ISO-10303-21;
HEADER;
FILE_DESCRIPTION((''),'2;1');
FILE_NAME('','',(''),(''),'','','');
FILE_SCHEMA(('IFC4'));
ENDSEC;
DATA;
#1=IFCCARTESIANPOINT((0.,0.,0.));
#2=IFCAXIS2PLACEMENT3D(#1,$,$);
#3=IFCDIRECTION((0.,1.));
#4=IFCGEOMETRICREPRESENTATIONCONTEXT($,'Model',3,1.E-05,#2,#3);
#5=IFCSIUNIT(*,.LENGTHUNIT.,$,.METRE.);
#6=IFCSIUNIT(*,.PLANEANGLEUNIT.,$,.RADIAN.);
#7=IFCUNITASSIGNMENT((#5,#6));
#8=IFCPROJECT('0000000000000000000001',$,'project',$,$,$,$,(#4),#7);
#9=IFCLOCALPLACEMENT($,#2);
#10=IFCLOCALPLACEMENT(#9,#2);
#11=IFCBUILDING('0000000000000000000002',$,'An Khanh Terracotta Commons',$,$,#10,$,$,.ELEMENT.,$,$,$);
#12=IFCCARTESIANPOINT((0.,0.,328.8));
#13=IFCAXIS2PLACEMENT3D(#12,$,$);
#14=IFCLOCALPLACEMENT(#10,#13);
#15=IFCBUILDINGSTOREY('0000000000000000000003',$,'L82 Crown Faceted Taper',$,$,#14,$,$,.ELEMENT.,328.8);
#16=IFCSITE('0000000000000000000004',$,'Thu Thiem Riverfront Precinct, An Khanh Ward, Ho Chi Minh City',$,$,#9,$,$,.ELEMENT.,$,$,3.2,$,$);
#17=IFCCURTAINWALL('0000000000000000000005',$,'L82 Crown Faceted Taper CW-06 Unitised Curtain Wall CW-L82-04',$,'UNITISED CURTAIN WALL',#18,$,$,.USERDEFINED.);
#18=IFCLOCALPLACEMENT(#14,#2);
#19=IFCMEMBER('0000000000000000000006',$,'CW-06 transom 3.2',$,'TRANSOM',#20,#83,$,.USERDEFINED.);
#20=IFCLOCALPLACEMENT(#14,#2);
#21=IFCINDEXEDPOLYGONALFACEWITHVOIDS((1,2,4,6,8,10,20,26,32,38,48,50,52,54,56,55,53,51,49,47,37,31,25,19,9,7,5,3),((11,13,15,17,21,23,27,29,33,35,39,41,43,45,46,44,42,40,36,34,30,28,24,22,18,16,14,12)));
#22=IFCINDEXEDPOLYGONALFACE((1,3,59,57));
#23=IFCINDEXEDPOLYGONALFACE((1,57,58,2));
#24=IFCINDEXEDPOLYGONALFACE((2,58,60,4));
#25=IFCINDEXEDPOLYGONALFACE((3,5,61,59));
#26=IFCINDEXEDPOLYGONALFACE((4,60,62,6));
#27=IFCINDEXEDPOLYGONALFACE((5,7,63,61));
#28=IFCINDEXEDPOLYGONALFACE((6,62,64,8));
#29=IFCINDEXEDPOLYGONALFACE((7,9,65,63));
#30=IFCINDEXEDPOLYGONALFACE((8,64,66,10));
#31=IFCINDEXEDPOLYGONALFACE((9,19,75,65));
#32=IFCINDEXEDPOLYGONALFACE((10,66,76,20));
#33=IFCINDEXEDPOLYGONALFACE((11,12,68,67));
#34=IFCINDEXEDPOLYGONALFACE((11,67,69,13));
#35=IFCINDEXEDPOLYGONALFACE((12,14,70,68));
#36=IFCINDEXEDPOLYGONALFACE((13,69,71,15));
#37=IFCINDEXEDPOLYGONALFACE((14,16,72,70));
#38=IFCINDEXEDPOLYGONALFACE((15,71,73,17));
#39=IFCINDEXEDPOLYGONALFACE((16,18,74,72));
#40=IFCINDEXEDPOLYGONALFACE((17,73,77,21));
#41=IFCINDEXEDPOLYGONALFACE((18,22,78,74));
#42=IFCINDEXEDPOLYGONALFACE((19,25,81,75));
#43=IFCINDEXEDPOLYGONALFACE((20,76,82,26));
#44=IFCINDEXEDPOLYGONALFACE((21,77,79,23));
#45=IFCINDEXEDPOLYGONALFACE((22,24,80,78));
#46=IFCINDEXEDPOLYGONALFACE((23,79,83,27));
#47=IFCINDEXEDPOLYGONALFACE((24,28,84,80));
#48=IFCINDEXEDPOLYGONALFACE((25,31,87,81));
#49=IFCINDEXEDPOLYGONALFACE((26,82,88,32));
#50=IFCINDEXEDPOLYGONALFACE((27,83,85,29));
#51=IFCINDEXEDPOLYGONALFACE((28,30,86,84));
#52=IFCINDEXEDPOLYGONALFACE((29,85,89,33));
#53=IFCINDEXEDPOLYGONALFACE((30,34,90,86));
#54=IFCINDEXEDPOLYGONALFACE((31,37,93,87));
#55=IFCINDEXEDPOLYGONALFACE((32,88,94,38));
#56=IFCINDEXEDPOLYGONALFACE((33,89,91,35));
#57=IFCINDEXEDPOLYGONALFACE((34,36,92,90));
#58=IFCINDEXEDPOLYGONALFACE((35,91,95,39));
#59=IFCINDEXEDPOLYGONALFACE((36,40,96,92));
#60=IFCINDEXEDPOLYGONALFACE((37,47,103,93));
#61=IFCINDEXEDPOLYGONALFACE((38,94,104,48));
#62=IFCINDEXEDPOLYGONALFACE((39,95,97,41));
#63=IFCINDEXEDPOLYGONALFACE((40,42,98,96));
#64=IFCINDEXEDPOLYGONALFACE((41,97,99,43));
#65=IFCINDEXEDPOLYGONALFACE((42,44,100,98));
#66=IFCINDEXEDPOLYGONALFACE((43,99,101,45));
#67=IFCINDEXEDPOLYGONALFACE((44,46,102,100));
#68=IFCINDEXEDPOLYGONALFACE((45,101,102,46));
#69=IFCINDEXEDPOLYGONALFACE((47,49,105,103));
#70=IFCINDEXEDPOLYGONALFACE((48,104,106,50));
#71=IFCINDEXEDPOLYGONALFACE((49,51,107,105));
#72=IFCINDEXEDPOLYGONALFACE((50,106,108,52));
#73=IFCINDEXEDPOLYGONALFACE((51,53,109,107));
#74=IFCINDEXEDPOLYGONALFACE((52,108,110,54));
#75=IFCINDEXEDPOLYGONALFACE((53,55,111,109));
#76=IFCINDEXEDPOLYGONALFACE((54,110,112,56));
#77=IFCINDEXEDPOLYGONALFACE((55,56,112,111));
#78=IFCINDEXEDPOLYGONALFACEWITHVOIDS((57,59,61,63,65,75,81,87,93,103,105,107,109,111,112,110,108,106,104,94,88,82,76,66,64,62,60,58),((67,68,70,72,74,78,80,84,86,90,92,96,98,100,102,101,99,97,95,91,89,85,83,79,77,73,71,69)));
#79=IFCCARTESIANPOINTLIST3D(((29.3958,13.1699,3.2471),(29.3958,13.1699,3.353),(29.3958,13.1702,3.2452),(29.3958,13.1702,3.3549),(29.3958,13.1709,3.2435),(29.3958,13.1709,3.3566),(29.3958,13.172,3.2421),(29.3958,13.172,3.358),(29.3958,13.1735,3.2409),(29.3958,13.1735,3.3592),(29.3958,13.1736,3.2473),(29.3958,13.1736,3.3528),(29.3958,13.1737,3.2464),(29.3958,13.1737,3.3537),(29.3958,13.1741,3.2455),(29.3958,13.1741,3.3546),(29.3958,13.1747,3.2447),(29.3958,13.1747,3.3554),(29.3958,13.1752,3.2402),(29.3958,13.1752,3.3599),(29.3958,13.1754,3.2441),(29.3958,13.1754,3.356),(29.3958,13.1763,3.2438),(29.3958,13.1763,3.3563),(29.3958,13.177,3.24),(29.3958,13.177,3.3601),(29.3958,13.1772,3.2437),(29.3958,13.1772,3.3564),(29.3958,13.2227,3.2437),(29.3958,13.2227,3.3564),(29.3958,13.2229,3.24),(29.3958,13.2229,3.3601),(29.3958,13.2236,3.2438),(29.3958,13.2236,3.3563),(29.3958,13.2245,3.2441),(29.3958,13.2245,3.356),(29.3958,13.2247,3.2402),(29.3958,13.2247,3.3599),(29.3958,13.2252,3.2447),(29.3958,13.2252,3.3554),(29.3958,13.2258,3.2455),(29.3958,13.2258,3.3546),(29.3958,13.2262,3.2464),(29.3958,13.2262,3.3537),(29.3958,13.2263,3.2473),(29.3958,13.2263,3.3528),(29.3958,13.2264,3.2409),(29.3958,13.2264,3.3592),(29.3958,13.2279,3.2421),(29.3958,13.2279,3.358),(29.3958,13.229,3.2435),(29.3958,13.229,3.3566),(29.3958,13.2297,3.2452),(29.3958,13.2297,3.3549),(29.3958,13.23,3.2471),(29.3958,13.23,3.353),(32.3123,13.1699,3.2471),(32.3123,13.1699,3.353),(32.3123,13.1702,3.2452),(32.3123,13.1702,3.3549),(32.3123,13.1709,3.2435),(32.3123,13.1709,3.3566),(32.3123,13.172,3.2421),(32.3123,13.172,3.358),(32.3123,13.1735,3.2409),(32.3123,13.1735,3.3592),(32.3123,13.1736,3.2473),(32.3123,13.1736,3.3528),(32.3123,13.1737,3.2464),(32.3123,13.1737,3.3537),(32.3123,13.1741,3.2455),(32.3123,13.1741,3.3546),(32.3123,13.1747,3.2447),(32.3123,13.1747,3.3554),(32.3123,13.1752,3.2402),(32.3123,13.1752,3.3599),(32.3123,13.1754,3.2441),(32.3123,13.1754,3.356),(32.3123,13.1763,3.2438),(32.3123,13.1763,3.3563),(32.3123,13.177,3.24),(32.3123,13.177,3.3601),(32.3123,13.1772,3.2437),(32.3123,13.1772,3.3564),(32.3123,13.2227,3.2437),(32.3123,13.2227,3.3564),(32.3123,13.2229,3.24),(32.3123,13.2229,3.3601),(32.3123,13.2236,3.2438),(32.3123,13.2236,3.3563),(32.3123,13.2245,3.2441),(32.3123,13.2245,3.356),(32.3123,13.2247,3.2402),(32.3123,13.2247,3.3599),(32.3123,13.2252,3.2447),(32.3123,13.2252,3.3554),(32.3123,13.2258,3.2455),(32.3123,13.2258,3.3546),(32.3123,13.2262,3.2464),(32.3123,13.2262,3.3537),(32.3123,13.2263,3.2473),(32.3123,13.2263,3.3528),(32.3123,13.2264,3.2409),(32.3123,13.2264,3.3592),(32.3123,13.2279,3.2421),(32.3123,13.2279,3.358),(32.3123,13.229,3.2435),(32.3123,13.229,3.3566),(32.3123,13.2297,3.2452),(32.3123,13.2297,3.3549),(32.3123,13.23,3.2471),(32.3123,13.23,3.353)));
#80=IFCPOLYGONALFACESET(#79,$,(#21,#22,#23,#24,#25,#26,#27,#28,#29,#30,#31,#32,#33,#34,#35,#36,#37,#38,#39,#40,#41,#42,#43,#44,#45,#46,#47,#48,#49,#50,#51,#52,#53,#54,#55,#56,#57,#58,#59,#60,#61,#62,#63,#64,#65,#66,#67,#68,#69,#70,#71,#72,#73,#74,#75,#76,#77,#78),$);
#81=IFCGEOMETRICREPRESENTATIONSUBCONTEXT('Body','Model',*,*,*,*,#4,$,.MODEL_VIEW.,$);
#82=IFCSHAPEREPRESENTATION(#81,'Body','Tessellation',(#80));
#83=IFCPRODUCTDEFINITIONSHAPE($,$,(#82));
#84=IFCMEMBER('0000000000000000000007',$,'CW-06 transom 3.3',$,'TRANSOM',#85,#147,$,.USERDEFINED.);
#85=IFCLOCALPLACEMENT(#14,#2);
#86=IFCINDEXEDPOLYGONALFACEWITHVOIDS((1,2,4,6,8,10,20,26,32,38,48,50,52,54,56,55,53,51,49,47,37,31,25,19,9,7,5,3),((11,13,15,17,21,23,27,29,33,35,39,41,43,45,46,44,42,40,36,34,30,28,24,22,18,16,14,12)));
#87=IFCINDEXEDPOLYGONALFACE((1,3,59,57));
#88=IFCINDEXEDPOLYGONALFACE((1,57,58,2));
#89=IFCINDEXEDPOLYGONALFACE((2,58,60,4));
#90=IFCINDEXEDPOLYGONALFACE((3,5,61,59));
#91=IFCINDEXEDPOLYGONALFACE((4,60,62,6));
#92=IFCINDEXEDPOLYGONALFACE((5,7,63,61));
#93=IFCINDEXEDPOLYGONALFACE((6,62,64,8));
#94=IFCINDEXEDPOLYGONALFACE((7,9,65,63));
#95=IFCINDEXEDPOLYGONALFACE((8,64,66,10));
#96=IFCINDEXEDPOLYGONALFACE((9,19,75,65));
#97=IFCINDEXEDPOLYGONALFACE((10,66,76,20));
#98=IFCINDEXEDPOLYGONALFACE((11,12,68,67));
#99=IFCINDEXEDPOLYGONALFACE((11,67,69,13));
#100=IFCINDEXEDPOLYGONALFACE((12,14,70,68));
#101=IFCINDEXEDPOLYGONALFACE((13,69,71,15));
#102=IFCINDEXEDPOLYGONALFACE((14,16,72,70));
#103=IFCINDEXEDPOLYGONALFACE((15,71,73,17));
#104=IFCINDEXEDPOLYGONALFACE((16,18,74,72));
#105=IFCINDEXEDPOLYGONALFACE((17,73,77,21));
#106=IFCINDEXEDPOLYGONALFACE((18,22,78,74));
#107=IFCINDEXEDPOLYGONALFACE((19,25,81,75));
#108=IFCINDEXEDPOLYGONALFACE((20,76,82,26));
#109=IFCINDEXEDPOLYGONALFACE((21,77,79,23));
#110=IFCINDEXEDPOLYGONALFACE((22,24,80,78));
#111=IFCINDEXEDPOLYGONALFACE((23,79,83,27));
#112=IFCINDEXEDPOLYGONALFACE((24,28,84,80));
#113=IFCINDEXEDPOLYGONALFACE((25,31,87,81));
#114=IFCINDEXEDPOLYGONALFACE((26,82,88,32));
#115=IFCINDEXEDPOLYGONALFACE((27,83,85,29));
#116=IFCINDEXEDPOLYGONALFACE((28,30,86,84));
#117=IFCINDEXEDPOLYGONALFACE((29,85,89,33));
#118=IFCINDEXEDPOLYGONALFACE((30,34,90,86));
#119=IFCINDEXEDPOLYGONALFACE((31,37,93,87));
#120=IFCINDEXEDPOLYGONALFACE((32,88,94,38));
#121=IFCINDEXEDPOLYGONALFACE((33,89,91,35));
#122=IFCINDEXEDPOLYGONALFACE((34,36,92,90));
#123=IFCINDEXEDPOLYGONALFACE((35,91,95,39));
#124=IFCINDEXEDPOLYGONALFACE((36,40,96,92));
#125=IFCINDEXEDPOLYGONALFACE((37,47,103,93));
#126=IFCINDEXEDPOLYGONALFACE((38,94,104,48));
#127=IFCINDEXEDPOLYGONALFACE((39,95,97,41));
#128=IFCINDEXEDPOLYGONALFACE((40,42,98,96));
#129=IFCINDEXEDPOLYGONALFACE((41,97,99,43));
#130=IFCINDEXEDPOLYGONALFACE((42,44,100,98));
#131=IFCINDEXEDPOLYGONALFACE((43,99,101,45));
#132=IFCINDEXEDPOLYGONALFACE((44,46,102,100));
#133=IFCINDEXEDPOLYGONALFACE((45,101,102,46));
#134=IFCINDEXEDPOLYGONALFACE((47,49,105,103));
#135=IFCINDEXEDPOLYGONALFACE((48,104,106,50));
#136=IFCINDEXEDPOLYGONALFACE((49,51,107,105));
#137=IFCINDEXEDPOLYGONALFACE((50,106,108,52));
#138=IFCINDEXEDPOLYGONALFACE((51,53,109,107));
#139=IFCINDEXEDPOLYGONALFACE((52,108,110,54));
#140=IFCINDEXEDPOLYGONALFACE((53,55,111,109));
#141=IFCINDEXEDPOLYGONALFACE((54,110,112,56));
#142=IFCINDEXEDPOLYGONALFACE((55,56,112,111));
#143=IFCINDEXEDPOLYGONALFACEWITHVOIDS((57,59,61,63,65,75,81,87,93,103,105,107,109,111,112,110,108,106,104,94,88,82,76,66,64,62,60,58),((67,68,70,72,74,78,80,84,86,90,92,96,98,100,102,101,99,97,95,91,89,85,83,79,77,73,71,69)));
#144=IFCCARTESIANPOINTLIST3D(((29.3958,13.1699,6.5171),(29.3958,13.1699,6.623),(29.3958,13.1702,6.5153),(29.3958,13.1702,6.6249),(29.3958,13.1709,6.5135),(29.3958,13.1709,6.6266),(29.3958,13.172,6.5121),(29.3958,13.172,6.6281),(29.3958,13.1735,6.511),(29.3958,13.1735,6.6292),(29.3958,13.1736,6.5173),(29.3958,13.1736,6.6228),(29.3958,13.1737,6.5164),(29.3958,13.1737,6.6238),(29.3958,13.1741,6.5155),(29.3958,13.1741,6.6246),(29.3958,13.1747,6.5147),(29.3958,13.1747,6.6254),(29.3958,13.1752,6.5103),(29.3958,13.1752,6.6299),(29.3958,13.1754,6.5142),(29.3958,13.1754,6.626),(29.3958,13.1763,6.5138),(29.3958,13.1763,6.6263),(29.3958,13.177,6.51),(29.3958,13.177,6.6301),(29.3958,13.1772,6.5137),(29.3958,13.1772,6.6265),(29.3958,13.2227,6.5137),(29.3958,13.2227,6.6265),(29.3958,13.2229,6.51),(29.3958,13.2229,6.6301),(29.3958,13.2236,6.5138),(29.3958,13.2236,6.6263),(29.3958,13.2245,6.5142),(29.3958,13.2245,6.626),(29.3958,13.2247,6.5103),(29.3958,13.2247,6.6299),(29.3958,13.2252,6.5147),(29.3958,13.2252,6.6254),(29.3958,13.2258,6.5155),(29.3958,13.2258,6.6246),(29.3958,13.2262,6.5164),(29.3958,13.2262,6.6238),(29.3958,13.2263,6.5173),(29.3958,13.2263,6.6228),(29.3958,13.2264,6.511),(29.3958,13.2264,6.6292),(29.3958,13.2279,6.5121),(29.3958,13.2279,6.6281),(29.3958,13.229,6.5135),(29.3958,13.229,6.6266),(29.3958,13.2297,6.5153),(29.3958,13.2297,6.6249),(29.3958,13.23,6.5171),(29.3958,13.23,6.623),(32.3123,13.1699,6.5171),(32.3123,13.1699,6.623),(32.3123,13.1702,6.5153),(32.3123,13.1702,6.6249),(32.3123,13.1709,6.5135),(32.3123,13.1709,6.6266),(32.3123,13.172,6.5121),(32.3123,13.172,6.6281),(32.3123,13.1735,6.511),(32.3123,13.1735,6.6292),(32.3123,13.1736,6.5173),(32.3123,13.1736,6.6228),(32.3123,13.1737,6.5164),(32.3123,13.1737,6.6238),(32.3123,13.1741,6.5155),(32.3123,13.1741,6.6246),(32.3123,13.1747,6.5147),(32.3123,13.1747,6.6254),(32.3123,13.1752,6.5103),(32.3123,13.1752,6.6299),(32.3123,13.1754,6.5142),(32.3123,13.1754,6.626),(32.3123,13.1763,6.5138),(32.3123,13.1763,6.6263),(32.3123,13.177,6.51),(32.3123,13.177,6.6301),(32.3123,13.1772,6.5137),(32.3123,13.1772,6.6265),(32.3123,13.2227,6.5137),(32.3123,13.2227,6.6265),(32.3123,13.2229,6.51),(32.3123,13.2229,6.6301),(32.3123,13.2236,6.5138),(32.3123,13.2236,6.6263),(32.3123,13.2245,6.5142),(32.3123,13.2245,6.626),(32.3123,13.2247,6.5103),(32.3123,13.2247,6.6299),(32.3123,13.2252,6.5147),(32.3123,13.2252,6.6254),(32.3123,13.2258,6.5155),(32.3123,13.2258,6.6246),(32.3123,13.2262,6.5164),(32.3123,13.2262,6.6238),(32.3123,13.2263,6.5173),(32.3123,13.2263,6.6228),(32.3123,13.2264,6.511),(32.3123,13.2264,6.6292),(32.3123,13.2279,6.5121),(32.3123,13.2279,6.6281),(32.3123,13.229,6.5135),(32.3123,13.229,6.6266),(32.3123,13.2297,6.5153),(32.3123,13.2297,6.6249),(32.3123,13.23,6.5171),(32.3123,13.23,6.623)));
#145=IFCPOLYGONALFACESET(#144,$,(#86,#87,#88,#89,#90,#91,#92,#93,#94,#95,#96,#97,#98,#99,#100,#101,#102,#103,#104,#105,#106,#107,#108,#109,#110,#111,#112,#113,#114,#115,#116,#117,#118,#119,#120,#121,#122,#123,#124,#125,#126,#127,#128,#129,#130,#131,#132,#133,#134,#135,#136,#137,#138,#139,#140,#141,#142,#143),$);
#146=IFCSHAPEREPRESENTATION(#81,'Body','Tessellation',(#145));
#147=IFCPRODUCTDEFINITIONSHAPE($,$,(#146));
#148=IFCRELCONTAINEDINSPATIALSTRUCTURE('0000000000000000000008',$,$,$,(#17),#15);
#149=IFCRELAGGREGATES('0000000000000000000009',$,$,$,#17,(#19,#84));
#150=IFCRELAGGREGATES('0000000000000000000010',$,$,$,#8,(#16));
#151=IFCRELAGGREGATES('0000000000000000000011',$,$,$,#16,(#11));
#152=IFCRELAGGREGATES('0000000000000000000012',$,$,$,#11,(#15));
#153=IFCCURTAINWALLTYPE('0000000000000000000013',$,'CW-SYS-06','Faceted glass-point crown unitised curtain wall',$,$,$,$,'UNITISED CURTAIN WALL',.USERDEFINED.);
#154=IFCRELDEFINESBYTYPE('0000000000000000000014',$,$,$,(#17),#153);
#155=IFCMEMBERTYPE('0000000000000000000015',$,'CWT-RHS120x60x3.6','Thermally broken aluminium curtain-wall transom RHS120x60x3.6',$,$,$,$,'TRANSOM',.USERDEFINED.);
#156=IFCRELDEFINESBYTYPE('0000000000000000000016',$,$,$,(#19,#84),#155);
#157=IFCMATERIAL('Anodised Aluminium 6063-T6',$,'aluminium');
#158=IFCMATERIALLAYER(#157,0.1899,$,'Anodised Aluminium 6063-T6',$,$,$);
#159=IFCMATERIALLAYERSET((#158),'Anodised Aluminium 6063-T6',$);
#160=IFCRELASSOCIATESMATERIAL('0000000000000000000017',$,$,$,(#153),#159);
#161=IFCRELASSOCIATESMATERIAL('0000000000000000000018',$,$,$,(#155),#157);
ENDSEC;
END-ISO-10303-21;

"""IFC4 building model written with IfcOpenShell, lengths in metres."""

from ifc_helpers import new_model, si_unit, direction, frame, origin, origin_2d, place, context, subcontext, project, spatial, hollow_rectangle, extrude, material, layer, layer_set, material_profile, profile_set, type_object, element, aggregate, save


model = new_model("IFC4")

# Units and contexts
model_context = context("Model", 3, precision=1e-05, world=origin(), true_north=direction((0.0, 1.0)))
body_context = subcontext(model_context, "Body", "Model", "MODEL_VIEW")
ifc_project = project(units=[si_unit("LENGTHUNIT", "METRE"), si_unit("PLANEANGLEUNIT", "RADIAN")], contexts=[model_context])

# Site, building, storey
site_placement = place(None, origin())
site = spatial("IfcSite", under=ifc_project, at=site_placement, Name="Thu Thiem Riverfront Precinct, An Khanh Ward, Ho Chi Minh City", CompositionType="ELEMENT", RefElevation=3.2)
building_placement = place(site_placement, origin())
building = spatial("IfcBuilding", under=site, at=building_placement, Name="An Khanh Terracotta Commons", CompositionType="ELEMENT")
storey_placement = place(building_placement, frame((0.0, 0.0, 328.8)))
storey = spatial("IfcBuildingStorey", under=building, at=storey_placement, Name="L82 Crown Faceted Taper", CompositionType="ELEMENT", Elevation=328.8)

# Curtain wall, members
ifc_material_1 = material(Name="Anodised Aluminium 6063-T6", Category="aluminium")
ifc_layer_1 = layer(ifc_material_1, 0.1899, Name="Anodised Aluminium 6063-T6")
ifc_layer_set_1 = layer_set([ifc_layer_1], Name="Anodised Aluminium 6063-T6")
curtain_wall_type = type_object("IfcCurtainWallType", Name="CW-SYS-06", Description="Faceted glass-point crown unitised curtain wall", ElementType="UNITISED CURTAIN WALL", PredefinedType="USERDEFINED", material=ifc_layer_set_1)
curtain_wall_placement = place(storey_placement, origin())
curtain_wall = element("IfcCurtainWall", 1, at=curtain_wall_placement, inside=storey, type_object=curtain_wall_type, Name="L82 Crown Faceted Taper CW-06 Unitised Curtain Wall CW-L82-04", ObjectType="UNITISED CURTAIN WALL", PredefinedType="USERDEFINED")
ifc_material_profile_1 = material_profile(ifc_material_1, hollow_rectangle(XDim=0.0601, YDim=0.1201, WallThickness=0.0037, InnerFilletRadius=0.0037, OuterFilletRadius=0.0071, at=origin_2d()), Name="RHS120x60x3.6")
ifc_profile_set_1 = profile_set([ifc_material_profile_1], Name="Anodised Aluminium 6063-T6")
member_type_1 = type_object("IfcMemberType", Name="CWT-RHS120x60x3.6", Description="Thermally broken aluminium curtain-wall transom RHS120x60x3.6", ElementType="TRANSOM", PredefinedType="USERDEFINED", material=ifc_profile_set_1)
member_1_placement = place(storey_placement, frame((29.3958, 13.2, 3.3), z_axis=(1.0, 0.0, 0.0), x_axis=(0.0, 1.0, 0.0)))
member_1 = element("IfcMember", 2, at=member_1_placement, type_object=member_type_1, Name="CW-06 transom 3.2", ObjectType="TRANSOM", PredefinedType="USERDEFINED", context=body_context, shape_type="SweptSolid", body=[
    extrude(hollow_rectangle(XDim=0.0601, YDim=0.1201, WallThickness=0.0037, InnerFilletRadius=0.0037, OuterFilletRadius=0.0071, at=origin_2d()), origin(), (0.0, 0.0, 1.0), 2.9165),
])
member_2_placement = place(storey_placement, frame((29.3958, 13.2, 6.5701), z_axis=(1.0, 0.0, 0.0), x_axis=(0.0, 1.0, 0.0)))
member_2 = element("IfcMember", 3, at=member_2_placement, type_object=member_type_1, Name="CW-06 transom 3.3", ObjectType="TRANSOM", PredefinedType="USERDEFINED", context=body_context, shape_type="SweptSolid", body=[
    extrude(hollow_rectangle(XDim=0.0601, YDim=0.1201, WallThickness=0.0037, InnerFilletRadius=0.0037, OuterFilletRadius=0.0071, at=origin_2d()), origin(), (0.0, 0.0, 1.0), 2.9165),
])
aggregate(curtain_wall, [member_1, member_2])

save(model, "model.ifc")
